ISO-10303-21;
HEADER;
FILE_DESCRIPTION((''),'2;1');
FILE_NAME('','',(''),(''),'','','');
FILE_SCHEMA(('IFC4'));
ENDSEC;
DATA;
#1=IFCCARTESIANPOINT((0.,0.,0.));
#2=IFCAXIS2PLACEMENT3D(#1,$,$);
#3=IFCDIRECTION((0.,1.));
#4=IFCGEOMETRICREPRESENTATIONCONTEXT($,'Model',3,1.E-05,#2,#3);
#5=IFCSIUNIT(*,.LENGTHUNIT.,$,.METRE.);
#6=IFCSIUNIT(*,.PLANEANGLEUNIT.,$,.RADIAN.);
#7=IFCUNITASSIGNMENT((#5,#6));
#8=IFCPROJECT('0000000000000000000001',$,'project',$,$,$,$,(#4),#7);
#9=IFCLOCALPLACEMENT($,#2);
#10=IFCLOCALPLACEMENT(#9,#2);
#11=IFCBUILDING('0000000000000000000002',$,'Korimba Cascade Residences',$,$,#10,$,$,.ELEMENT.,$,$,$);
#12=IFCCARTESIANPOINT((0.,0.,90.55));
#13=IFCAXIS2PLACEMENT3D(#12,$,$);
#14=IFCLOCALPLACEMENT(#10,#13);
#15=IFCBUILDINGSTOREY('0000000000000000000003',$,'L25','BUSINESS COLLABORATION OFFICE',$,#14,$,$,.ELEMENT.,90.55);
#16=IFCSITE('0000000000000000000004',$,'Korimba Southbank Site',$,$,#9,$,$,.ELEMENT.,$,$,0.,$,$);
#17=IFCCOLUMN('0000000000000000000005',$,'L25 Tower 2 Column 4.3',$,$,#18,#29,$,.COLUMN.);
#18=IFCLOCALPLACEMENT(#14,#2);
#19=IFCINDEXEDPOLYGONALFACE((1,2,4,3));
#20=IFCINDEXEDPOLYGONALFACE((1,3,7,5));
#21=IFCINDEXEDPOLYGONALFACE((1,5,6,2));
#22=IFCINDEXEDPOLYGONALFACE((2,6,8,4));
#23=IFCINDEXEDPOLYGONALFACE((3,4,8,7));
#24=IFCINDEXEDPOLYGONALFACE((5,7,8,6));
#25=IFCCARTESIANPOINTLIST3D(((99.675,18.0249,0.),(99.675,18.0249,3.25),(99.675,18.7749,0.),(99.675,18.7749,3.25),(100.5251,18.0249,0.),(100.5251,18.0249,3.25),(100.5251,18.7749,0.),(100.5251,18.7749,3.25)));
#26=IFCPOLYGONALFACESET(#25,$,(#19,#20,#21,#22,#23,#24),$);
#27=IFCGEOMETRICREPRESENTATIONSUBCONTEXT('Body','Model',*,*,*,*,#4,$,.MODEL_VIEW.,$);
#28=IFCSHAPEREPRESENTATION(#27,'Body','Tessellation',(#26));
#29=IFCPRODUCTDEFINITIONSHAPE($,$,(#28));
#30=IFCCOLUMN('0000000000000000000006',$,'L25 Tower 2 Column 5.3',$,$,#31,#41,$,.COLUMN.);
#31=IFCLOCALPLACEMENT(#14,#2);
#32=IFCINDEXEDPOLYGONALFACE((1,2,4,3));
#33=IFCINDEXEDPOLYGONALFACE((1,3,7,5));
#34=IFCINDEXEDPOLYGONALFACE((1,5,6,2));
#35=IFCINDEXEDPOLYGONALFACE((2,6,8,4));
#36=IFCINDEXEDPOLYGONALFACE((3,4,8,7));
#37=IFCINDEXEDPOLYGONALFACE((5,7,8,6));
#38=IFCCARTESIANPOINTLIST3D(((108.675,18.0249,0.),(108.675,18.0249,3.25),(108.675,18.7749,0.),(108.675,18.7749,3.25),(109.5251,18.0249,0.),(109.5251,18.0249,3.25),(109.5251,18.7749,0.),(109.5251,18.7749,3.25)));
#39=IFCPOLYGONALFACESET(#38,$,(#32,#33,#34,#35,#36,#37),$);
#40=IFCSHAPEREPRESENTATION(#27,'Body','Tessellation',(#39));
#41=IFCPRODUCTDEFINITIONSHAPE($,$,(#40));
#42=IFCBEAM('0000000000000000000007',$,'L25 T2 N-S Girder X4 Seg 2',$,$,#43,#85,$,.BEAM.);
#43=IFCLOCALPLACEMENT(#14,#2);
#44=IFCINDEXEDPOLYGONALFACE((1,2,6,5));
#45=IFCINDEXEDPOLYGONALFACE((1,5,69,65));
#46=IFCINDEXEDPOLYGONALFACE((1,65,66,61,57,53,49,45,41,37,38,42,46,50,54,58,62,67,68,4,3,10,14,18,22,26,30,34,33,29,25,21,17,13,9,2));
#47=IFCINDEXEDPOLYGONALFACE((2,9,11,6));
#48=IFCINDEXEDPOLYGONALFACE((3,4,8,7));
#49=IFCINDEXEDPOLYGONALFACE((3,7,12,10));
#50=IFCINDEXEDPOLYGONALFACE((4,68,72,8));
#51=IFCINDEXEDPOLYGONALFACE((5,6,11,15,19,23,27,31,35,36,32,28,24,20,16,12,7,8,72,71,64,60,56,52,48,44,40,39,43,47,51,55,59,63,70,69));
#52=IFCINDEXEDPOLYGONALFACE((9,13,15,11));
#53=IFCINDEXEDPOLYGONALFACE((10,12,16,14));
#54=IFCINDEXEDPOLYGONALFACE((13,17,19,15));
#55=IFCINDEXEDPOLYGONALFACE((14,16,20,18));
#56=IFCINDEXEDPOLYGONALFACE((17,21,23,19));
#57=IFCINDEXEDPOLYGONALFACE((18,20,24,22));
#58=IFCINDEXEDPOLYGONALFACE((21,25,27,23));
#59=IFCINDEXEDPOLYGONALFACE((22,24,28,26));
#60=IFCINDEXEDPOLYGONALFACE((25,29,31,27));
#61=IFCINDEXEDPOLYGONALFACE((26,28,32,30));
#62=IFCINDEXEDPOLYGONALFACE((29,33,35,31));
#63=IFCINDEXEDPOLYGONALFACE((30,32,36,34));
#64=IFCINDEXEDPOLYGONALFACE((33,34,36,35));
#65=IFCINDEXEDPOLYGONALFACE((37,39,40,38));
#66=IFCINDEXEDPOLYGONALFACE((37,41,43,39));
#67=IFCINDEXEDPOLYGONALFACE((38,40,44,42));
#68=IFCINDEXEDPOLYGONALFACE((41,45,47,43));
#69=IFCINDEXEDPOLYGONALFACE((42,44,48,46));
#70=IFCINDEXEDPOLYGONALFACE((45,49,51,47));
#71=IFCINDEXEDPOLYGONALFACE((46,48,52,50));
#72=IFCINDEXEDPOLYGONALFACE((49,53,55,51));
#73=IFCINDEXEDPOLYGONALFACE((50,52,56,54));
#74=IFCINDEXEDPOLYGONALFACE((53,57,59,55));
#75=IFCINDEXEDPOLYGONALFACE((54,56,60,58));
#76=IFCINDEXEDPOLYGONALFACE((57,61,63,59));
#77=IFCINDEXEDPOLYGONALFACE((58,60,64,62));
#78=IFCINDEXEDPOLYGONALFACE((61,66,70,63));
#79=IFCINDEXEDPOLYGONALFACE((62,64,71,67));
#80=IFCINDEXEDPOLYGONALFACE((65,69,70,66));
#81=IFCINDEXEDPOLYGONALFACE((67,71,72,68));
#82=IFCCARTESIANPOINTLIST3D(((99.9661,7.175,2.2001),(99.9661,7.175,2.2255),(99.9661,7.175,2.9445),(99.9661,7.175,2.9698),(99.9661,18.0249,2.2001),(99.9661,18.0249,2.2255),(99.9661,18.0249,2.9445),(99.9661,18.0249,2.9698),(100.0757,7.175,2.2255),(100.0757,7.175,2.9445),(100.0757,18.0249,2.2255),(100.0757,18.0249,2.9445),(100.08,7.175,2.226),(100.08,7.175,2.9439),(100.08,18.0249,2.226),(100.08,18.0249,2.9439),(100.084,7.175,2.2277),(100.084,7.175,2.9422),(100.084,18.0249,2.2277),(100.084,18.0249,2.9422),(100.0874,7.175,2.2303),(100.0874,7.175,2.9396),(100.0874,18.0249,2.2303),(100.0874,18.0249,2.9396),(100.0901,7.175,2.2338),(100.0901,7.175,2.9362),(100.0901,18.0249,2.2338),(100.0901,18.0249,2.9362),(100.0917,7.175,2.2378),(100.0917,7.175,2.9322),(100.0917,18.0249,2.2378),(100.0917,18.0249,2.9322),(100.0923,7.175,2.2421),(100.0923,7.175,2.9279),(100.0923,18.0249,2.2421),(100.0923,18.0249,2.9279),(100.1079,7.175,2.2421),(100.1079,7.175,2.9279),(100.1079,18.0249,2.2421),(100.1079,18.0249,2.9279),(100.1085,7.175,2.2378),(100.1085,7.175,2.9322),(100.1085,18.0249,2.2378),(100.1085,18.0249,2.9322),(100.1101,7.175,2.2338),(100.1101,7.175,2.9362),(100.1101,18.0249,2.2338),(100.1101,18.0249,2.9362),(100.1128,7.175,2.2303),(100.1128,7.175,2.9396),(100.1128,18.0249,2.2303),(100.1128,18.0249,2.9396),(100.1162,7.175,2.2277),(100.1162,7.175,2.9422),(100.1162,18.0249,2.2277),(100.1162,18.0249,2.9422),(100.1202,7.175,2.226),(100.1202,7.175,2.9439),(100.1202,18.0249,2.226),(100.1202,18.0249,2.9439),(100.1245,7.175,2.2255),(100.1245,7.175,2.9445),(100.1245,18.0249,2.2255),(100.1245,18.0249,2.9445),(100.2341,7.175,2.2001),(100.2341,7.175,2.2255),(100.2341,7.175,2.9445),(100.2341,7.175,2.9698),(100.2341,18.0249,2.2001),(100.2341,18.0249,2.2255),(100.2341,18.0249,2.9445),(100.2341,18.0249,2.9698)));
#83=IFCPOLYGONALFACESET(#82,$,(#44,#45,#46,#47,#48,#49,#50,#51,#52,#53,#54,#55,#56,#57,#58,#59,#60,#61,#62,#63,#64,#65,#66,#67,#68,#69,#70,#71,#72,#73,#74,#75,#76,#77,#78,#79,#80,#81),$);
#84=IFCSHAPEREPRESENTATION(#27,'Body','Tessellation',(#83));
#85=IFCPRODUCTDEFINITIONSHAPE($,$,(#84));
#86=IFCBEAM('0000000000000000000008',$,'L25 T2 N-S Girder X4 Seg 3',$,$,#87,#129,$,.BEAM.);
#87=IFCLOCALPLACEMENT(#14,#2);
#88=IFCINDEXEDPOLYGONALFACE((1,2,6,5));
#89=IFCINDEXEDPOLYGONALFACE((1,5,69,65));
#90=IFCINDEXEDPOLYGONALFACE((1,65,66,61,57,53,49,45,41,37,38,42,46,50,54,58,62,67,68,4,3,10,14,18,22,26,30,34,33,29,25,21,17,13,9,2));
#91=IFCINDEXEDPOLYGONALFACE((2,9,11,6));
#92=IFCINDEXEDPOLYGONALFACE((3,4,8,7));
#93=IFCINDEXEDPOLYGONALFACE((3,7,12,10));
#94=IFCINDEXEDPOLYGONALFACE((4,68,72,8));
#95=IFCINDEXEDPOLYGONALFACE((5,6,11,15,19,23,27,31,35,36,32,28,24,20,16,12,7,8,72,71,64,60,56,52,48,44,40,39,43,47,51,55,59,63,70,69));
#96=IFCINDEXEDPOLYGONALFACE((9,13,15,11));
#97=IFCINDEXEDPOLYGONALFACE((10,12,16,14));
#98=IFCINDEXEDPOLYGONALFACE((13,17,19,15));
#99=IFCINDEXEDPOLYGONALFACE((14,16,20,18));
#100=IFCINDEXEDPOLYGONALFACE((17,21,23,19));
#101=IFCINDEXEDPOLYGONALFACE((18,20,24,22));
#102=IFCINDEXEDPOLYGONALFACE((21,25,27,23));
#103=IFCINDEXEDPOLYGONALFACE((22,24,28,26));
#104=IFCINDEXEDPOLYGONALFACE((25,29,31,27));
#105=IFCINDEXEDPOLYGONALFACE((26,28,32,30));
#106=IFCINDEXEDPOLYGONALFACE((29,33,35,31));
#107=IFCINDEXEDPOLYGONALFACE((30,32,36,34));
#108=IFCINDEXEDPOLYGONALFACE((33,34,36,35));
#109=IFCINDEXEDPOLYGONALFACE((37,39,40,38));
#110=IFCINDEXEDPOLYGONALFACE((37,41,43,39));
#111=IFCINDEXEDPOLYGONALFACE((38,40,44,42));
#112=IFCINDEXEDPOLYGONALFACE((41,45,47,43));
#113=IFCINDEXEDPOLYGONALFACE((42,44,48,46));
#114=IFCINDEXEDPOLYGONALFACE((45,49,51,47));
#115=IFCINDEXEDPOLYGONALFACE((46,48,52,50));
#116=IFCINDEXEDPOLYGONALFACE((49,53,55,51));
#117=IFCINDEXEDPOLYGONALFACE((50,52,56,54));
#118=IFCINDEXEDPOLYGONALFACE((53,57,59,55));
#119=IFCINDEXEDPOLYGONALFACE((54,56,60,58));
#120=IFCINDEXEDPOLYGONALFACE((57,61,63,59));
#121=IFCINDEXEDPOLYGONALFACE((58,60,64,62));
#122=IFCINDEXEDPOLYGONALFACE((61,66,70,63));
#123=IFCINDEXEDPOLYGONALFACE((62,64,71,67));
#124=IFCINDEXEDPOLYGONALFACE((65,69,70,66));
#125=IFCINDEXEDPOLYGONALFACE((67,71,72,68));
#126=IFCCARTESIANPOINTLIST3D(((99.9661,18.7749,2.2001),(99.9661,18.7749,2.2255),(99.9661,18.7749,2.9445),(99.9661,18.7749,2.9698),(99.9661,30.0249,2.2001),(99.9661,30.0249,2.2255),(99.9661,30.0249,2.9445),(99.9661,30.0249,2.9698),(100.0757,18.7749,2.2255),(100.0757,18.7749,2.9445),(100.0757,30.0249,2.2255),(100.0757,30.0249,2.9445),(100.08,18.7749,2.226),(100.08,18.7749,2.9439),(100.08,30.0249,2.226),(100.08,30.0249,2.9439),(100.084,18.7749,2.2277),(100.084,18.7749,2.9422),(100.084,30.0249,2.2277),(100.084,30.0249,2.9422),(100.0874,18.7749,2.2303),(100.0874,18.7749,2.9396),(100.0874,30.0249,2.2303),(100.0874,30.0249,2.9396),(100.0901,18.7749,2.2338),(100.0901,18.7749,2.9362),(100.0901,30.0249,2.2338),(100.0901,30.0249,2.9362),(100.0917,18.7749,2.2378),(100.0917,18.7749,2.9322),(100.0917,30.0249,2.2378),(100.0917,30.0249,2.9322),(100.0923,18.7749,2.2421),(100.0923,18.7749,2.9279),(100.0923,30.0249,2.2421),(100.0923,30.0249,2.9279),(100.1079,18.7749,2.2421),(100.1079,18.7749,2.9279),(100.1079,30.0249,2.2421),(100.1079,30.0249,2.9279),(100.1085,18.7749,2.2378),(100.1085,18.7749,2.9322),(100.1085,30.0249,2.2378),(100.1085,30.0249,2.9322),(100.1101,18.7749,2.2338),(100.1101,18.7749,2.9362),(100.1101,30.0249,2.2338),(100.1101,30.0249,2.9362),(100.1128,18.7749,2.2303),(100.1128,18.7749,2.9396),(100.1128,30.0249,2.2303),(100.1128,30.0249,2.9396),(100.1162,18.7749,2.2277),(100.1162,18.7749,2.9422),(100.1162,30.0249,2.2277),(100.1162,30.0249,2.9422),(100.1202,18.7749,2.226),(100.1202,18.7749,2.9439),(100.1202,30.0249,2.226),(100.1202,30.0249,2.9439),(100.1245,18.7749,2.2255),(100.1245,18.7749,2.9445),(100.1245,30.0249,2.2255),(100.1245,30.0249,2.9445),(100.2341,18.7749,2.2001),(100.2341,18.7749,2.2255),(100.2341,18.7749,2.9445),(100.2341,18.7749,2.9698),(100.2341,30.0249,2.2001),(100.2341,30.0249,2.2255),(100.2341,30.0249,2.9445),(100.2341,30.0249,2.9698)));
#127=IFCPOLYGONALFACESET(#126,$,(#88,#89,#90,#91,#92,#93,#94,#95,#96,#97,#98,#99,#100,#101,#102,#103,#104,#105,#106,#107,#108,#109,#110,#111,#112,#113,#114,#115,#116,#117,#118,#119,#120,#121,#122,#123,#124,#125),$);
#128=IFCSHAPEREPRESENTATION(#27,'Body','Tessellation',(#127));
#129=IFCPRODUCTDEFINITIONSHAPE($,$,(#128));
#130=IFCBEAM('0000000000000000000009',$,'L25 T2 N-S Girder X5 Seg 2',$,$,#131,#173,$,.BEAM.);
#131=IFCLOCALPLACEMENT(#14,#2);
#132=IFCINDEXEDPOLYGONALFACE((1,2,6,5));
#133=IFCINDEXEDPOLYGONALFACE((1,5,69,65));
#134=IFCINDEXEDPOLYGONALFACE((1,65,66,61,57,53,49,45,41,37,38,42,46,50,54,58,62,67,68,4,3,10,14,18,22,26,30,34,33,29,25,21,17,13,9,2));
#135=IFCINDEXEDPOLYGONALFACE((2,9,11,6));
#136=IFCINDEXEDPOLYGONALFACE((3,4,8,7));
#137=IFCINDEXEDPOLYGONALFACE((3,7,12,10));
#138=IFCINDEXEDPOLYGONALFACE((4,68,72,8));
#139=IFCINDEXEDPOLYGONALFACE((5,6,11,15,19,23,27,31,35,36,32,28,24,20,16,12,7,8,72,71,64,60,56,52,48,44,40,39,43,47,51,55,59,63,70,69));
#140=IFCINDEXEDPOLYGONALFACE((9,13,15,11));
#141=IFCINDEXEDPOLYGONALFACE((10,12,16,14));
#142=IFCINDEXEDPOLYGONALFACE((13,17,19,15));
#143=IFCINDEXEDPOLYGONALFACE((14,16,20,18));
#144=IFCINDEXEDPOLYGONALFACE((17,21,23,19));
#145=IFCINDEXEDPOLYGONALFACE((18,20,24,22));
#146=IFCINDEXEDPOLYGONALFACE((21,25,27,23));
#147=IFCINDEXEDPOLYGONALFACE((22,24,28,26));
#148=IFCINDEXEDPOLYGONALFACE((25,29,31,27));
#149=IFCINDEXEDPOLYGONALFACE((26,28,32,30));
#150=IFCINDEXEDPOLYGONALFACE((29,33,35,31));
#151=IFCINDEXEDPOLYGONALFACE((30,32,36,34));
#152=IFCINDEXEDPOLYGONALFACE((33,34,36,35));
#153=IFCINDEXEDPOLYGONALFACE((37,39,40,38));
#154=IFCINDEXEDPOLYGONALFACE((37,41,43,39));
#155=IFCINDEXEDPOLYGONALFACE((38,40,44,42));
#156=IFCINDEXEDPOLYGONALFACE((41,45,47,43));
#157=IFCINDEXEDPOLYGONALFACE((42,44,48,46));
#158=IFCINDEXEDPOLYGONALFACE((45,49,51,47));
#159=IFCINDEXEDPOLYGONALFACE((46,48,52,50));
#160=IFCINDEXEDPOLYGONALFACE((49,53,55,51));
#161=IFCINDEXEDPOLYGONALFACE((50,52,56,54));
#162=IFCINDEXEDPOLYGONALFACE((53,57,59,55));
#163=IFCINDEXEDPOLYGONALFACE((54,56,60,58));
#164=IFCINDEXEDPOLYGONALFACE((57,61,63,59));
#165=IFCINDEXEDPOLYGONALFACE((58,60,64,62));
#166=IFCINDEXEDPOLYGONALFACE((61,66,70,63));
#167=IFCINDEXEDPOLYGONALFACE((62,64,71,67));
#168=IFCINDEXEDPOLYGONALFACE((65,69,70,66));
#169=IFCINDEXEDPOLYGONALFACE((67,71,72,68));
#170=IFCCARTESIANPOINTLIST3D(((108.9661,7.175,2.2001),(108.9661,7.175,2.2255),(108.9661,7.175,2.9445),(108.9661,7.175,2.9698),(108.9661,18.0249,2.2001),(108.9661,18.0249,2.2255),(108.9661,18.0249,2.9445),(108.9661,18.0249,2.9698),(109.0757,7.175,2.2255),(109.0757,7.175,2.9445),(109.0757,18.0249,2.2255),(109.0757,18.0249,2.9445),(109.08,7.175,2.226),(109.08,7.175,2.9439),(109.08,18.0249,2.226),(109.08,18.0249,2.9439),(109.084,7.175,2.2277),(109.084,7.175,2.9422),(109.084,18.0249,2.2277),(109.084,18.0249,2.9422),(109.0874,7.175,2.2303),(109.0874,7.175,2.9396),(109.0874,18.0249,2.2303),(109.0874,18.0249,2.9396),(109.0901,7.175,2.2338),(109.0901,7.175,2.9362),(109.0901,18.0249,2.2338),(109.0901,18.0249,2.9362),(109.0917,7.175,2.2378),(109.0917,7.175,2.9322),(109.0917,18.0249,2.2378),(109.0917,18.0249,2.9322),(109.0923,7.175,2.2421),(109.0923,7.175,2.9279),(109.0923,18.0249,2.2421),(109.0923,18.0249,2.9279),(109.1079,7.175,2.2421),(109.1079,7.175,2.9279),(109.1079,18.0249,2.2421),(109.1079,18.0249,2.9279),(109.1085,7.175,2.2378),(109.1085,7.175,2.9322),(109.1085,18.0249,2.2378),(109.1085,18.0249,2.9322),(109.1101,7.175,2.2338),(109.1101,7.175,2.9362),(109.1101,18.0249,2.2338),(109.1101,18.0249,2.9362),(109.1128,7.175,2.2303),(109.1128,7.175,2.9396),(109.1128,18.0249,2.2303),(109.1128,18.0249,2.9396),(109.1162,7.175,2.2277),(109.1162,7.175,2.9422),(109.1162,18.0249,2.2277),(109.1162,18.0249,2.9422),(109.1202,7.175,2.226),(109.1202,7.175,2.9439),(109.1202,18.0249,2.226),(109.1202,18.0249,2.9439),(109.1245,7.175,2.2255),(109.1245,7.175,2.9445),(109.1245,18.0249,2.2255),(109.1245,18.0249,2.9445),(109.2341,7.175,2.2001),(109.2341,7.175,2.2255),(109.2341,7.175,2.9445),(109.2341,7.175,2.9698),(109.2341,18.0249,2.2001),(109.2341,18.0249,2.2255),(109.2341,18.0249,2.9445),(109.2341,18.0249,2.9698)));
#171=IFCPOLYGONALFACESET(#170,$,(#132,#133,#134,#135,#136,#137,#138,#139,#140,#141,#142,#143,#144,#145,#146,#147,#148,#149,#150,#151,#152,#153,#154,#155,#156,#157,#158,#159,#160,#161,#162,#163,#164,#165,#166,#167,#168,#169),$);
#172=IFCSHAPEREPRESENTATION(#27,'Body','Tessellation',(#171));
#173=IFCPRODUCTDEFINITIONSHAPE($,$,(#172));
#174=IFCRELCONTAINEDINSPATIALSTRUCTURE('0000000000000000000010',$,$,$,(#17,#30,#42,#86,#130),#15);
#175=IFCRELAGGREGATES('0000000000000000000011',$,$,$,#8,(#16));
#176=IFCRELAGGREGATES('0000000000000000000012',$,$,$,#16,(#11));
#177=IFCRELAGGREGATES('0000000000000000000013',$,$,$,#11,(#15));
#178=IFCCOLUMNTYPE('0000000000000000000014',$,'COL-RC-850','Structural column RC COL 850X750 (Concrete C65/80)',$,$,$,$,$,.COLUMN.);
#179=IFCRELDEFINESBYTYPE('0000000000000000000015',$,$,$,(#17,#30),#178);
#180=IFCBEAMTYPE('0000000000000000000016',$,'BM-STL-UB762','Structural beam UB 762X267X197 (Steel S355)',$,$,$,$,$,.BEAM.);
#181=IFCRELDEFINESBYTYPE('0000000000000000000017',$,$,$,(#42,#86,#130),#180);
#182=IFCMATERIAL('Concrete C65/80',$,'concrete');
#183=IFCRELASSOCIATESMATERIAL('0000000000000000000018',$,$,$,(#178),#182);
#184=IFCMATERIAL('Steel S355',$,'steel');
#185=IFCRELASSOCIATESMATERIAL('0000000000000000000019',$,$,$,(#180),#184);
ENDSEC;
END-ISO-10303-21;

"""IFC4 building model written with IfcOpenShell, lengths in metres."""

from ifc_helpers import new_model, si_unit, direction, frame, origin, origin_2d, place, context, subcontext, project, spatial, rectangle, i_section, extrude, material, material_profile, profile_set, type_object, element, save


model = new_model("IFC4")

# Units and contexts
model_context = context("Model", 3, precision=1e-05, world=origin(), true_north=direction((0.0, 1.0)))
body_context = subcontext(model_context, "Body", "Model", "MODEL_VIEW")
ifc_project = project(units=[si_unit("LENGTHUNIT", "METRE"), si_unit("PLANEANGLEUNIT", "RADIAN")], contexts=[model_context])

# Site, building, storey
site_placement = place(None, origin())
site = spatial("IfcSite", under=ifc_project, at=site_placement, Name="Korimba Southbank Site", CompositionType="ELEMENT", RefElevation=0.0)
building_placement = place(site_placement, origin())
building = spatial("IfcBuilding", under=site, at=building_placement, Name="Korimba Cascade Residences", CompositionType="ELEMENT")
storey_placement = place(building_placement, frame((0.0, 0.0, 90.55)))
storey = spatial("IfcBuildingStorey", under=building, at=storey_placement, Name="L25", Description="BUSINESS COLLABORATION OFFICE", CompositionType="ELEMENT", Elevation=90.55)

# Columns
ifc_material_1 = material(Name="Concrete C65/80", Category="concrete")
ifc_material_profile_1 = material_profile(ifc_material_1, rectangle(XDim=0.8501, YDim=0.75, at=origin_2d()), Name="Concrete C65/80")
ifc_profile_set_1 = profile_set([ifc_material_profile_1], Name="Concrete C65/80")
column_type = type_object("IfcColumnType", Name="COL-RC-850", Description="Structural column RC COL 850X750 (Concrete C65/80)", PredefinedType="COLUMN", material=ifc_profile_set_1)
for number, where, z_axis, x_axis, name in (
    (1, (100.1001, 18.3999, 0.0), (0.0, 0.0, 1.0), (1.0, 0.0, 0.0), "L25 Tower 2 Column 4.3"),
    (2, (109.1001, 18.3999, 0.0), (0.0, 0.0, 1.0), (1.0, 0.0, 0.0), "L25 Tower 2 Column 5.3"),
):
    element("IfcColumn", number, at=place(storey_placement, frame(where, z_axis=z_axis, x_axis=x_axis)), inside=storey, type_object=column_type, Name=name, PredefinedType="COLUMN", context=body_context, shape_type="SweptSolid", body=[
        extrude(rectangle(XDim=0.8501, YDim=0.75, at=origin_2d()), origin(), (0.0, 0.0, 1.0), 3.25),
    ])

# Beams
ifc_material_2 = material(Name="Steel S355", Category="steel")
ifc_material_profile_2 = material_profile(ifc_material_2, i_section(OverallWidth=0.2681, OverallDepth=0.7698, WebThickness=0.0156, FlangeThickness=0.0254, FilletRadius=0.0166, at=origin_2d()), Name="Steel S355")
ifc_profile_set_2 = profile_set([ifc_material_profile_2], Name="Steel S355")
beam_type = type_object("IfcBeamType", Name="BM-STL-UB762", Description="Structural beam UB 762X267X197 (Steel S355)", PredefinedType="BEAM", material=ifc_profile_set_2)
beam_1_placement = place(storey_placement, frame((100.1001, 7.175, 2.585), z_axis=(0.0, 1.0, 0.0), x_axis=(-1.0, 0.0, 0.0)))
element("IfcBeam", 3, at=beam_1_placement, inside=storey, type_object=beam_type, Name="L25 T2 N-S Girder X4 Seg 2", PredefinedType="BEAM", context=body_context, shape_type="SweptSolid", body=[
    extrude(i_section(OverallWidth=0.2681, OverallDepth=0.7698, WebThickness=0.0156, FlangeThickness=0.0254, FilletRadius=0.0166, at=origin_2d()), origin(), (0.0, 0.0, 1.0), 10.8499),
])
beam_2_placement = place(storey_placement, frame((100.1001, 18.7749, 2.585), z_axis=(0.0, 1.0, 0.0), x_axis=(-1.0, 0.0, 0.0)))
element("IfcBeam", 4, at=beam_2_placement, inside=storey, type_object=beam_type, Name="L25 T2 N-S Girder X4 Seg 3", PredefinedType="BEAM", context=body_context, shape_type="SweptSolid", body=[
    extrude(i_section(OverallWidth=0.2681, OverallDepth=0.7698, WebThickness=0.0156, FlangeThickness=0.0254, FilletRadius=0.0166, at=origin_2d()), origin(), (0.0, 0.0, 1.0), 11.25),
])
beam_3_placement = place(storey_placement, frame((109.1001, 7.175, 2.585), z_axis=(0.0, 1.0, 0.0), x_axis=(-1.0, 0.0, 0.0)))
element("IfcBeam", 5, at=beam_3_placement, inside=storey, type_object=beam_type, Name="L25 T2 N-S Girder X5 Seg 2", PredefinedType="BEAM", context=body_context, shape_type="SweptSolid", body=[
    extrude(i_section(OverallWidth=0.2681, OverallDepth=0.7698, WebThickness=0.0156, FlangeThickness=0.0254, FilletRadius=0.0166, at=origin_2d()), origin(), (0.0, 0.0, 1.0), 10.8499),
])

save(model, "model.ifc")
